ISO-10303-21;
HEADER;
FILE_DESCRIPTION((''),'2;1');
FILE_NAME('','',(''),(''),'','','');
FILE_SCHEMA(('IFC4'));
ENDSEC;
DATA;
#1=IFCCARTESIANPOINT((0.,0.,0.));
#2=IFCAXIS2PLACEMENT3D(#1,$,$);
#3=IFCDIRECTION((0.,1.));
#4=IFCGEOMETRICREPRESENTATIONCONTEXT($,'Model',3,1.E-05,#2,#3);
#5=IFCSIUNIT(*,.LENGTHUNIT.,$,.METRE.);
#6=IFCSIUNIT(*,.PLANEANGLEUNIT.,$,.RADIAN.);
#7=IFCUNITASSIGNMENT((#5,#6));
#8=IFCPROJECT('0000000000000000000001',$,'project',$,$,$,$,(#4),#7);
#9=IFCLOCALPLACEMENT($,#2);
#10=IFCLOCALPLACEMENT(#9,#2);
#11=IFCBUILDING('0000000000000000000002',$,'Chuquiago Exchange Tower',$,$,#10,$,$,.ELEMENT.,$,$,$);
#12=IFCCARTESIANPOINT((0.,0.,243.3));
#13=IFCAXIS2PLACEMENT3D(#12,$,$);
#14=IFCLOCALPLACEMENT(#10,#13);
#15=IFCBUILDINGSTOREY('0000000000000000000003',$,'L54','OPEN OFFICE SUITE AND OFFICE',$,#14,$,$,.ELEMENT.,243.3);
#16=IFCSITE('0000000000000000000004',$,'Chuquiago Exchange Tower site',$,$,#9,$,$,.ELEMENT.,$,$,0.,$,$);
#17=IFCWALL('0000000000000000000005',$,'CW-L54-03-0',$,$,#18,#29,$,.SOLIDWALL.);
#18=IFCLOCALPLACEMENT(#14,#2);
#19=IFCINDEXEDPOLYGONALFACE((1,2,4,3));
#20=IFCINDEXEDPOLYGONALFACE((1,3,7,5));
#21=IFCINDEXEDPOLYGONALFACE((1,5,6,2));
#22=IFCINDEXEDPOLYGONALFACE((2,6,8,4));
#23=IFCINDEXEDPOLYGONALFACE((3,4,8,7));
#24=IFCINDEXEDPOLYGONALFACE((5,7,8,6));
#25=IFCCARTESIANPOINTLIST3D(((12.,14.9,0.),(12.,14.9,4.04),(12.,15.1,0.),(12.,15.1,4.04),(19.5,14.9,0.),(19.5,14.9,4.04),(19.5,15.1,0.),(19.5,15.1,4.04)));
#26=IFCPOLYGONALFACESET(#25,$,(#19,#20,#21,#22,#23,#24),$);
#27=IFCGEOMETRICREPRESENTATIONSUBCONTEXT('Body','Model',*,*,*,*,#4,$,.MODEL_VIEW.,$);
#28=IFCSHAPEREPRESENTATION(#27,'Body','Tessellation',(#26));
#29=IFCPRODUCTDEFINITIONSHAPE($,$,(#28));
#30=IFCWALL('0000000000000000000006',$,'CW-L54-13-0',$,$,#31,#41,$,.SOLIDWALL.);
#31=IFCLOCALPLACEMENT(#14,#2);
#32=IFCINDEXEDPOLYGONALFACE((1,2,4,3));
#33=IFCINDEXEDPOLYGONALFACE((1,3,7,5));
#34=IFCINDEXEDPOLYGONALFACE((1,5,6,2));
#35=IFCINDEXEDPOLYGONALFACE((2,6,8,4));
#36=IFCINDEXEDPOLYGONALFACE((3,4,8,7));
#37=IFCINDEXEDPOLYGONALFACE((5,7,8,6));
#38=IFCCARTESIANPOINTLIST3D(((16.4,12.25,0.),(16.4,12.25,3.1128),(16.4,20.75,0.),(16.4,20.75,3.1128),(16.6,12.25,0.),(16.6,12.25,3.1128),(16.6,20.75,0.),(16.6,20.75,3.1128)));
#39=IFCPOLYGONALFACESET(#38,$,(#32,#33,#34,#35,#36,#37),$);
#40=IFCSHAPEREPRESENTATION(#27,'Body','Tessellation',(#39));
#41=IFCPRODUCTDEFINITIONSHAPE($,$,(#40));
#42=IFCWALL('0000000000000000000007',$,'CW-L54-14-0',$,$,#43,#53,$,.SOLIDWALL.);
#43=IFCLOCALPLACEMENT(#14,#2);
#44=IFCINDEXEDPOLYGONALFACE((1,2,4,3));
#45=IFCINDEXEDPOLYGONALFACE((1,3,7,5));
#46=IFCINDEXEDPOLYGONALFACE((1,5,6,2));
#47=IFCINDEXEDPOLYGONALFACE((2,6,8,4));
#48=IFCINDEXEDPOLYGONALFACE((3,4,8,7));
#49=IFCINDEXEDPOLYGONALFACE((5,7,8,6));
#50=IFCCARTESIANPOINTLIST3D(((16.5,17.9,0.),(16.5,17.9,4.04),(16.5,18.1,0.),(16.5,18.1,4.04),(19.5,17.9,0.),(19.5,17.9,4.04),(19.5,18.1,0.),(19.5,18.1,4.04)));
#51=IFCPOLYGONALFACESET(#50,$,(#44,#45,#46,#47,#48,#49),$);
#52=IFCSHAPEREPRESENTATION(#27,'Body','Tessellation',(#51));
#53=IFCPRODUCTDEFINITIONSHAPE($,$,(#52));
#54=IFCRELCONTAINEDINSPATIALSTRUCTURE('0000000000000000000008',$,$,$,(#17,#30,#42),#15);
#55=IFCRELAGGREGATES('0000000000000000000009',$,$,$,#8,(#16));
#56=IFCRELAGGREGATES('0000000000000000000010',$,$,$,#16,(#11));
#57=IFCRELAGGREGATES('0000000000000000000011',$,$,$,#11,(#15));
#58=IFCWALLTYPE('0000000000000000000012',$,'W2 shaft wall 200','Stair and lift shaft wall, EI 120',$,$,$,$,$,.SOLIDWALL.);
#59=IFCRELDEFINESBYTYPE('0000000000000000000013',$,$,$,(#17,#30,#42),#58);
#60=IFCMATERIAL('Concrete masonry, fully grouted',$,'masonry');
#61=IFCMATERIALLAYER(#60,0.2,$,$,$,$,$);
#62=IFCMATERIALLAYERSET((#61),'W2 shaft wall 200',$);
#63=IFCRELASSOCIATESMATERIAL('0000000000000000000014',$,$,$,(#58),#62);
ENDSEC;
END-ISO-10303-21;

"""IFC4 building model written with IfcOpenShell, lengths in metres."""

from ifc_helpers import new_model, si_unit, direction, frame, frame_2d, origin, place, context, subcontext, project, spatial, rectangle, extrude, material, layer, layer_set, type_object, element, save


model = new_model("IFC4")

# Units and contexts
model_context = context("Model", 3, precision=1e-05, world=origin(), true_north=direction((0.0, 1.0)))
body_context = subcontext(model_context, "Body", "Model", "MODEL_VIEW")
ifc_project = project(units=[si_unit("LENGTHUNIT", "METRE"), si_unit("PLANEANGLEUNIT", "RADIAN")], contexts=[model_context])

# Site, building, storey
site_placement = place(None, origin())
site = spatial("IfcSite", under=ifc_project, at=site_placement, Name="Chuquiago Exchange Tower site", CompositionType="ELEMENT", RefElevation=0.0)
building_placement = place(site_placement, origin())
building = spatial("IfcBuilding", under=site, at=building_placement, Name="Chuquiago Exchange Tower", CompositionType="ELEMENT")
storey_placement = place(building_placement, frame((0.0, 0.0, 243.3)))
storey = spatial("IfcBuildingStorey", under=building, at=storey_placement, Name="L54", Description="OPEN OFFICE SUITE AND OFFICE", CompositionType="ELEMENT", Elevation=243.3)

# Walls
ifc_material_1 = material(Name="Concrete masonry, fully grouted", Category="masonry")
ifc_layer_1 = layer(ifc_material_1, 0.2)
ifc_layer_set_1 = layer_set([ifc_layer_1], Name="W2 shaft wall 200")
wall_type_1 = type_object("IfcWallType", Name="W2 shaft wall 200", Description="Stair and lift shaft wall, EI 120", PredefinedType="SOLIDWALL", material=ifc_layer_set_1)
wall_1_placement = place(storey_placement, frame((12.0, 15.0, 0.0), z_axis=(0.0, 0.0, 1.0), x_axis=(1.0, 0.0, 0.0)))
element("IfcWall", 1, at=wall_1_placement, inside=storey, type_object=wall_type_1, Name="CW-L54-03-0", PredefinedType="SOLIDWALL", context=body_context, shape_type="SweptSolid", body=[
    extrude(rectangle(XDim=7.5, YDim=0.2, at=frame_2d((3.75, 0.0))), origin(), (0.0, 0.0, 1.0), 4.04),
])
wall_2_placement = place(storey_placement, frame((16.5, 12.25, 0.0), z_axis=(0.0, 0.0, 1.0), x_axis=(0.0, 1.0, 0.0)))
element("IfcWall", 2, at=wall_2_placement, inside=storey, type_object=wall_type_1, Name="CW-L54-13-0", PredefinedType="SOLIDWALL", context=body_context, shape_type="SweptSolid", body=[
    extrude(rectangle(XDim=8.5, YDim=0.2, at=frame_2d((4.25, 0.0))), origin(), (0.0, 0.0, 1.0), 3.1128),
])
wall_3_placement = place(storey_placement, frame((16.5, 18.0, 0.0), z_axis=(0.0, 0.0, 1.0), x_axis=(1.0, 0.0, 0.0)))
element("IfcWall", 3, at=wall_3_placement, inside=storey, type_object=wall_type_1, Name="CW-L54-14-0", PredefinedType="SOLIDWALL", context=body_context, shape_type="SweptSolid", body=[
    extrude(rectangle(XDim=3.0, YDim=0.2, at=frame_2d((1.5, 0.0))), origin(), (0.0, 0.0, 1.0), 4.04),
])

save(model, "model.ifc")
